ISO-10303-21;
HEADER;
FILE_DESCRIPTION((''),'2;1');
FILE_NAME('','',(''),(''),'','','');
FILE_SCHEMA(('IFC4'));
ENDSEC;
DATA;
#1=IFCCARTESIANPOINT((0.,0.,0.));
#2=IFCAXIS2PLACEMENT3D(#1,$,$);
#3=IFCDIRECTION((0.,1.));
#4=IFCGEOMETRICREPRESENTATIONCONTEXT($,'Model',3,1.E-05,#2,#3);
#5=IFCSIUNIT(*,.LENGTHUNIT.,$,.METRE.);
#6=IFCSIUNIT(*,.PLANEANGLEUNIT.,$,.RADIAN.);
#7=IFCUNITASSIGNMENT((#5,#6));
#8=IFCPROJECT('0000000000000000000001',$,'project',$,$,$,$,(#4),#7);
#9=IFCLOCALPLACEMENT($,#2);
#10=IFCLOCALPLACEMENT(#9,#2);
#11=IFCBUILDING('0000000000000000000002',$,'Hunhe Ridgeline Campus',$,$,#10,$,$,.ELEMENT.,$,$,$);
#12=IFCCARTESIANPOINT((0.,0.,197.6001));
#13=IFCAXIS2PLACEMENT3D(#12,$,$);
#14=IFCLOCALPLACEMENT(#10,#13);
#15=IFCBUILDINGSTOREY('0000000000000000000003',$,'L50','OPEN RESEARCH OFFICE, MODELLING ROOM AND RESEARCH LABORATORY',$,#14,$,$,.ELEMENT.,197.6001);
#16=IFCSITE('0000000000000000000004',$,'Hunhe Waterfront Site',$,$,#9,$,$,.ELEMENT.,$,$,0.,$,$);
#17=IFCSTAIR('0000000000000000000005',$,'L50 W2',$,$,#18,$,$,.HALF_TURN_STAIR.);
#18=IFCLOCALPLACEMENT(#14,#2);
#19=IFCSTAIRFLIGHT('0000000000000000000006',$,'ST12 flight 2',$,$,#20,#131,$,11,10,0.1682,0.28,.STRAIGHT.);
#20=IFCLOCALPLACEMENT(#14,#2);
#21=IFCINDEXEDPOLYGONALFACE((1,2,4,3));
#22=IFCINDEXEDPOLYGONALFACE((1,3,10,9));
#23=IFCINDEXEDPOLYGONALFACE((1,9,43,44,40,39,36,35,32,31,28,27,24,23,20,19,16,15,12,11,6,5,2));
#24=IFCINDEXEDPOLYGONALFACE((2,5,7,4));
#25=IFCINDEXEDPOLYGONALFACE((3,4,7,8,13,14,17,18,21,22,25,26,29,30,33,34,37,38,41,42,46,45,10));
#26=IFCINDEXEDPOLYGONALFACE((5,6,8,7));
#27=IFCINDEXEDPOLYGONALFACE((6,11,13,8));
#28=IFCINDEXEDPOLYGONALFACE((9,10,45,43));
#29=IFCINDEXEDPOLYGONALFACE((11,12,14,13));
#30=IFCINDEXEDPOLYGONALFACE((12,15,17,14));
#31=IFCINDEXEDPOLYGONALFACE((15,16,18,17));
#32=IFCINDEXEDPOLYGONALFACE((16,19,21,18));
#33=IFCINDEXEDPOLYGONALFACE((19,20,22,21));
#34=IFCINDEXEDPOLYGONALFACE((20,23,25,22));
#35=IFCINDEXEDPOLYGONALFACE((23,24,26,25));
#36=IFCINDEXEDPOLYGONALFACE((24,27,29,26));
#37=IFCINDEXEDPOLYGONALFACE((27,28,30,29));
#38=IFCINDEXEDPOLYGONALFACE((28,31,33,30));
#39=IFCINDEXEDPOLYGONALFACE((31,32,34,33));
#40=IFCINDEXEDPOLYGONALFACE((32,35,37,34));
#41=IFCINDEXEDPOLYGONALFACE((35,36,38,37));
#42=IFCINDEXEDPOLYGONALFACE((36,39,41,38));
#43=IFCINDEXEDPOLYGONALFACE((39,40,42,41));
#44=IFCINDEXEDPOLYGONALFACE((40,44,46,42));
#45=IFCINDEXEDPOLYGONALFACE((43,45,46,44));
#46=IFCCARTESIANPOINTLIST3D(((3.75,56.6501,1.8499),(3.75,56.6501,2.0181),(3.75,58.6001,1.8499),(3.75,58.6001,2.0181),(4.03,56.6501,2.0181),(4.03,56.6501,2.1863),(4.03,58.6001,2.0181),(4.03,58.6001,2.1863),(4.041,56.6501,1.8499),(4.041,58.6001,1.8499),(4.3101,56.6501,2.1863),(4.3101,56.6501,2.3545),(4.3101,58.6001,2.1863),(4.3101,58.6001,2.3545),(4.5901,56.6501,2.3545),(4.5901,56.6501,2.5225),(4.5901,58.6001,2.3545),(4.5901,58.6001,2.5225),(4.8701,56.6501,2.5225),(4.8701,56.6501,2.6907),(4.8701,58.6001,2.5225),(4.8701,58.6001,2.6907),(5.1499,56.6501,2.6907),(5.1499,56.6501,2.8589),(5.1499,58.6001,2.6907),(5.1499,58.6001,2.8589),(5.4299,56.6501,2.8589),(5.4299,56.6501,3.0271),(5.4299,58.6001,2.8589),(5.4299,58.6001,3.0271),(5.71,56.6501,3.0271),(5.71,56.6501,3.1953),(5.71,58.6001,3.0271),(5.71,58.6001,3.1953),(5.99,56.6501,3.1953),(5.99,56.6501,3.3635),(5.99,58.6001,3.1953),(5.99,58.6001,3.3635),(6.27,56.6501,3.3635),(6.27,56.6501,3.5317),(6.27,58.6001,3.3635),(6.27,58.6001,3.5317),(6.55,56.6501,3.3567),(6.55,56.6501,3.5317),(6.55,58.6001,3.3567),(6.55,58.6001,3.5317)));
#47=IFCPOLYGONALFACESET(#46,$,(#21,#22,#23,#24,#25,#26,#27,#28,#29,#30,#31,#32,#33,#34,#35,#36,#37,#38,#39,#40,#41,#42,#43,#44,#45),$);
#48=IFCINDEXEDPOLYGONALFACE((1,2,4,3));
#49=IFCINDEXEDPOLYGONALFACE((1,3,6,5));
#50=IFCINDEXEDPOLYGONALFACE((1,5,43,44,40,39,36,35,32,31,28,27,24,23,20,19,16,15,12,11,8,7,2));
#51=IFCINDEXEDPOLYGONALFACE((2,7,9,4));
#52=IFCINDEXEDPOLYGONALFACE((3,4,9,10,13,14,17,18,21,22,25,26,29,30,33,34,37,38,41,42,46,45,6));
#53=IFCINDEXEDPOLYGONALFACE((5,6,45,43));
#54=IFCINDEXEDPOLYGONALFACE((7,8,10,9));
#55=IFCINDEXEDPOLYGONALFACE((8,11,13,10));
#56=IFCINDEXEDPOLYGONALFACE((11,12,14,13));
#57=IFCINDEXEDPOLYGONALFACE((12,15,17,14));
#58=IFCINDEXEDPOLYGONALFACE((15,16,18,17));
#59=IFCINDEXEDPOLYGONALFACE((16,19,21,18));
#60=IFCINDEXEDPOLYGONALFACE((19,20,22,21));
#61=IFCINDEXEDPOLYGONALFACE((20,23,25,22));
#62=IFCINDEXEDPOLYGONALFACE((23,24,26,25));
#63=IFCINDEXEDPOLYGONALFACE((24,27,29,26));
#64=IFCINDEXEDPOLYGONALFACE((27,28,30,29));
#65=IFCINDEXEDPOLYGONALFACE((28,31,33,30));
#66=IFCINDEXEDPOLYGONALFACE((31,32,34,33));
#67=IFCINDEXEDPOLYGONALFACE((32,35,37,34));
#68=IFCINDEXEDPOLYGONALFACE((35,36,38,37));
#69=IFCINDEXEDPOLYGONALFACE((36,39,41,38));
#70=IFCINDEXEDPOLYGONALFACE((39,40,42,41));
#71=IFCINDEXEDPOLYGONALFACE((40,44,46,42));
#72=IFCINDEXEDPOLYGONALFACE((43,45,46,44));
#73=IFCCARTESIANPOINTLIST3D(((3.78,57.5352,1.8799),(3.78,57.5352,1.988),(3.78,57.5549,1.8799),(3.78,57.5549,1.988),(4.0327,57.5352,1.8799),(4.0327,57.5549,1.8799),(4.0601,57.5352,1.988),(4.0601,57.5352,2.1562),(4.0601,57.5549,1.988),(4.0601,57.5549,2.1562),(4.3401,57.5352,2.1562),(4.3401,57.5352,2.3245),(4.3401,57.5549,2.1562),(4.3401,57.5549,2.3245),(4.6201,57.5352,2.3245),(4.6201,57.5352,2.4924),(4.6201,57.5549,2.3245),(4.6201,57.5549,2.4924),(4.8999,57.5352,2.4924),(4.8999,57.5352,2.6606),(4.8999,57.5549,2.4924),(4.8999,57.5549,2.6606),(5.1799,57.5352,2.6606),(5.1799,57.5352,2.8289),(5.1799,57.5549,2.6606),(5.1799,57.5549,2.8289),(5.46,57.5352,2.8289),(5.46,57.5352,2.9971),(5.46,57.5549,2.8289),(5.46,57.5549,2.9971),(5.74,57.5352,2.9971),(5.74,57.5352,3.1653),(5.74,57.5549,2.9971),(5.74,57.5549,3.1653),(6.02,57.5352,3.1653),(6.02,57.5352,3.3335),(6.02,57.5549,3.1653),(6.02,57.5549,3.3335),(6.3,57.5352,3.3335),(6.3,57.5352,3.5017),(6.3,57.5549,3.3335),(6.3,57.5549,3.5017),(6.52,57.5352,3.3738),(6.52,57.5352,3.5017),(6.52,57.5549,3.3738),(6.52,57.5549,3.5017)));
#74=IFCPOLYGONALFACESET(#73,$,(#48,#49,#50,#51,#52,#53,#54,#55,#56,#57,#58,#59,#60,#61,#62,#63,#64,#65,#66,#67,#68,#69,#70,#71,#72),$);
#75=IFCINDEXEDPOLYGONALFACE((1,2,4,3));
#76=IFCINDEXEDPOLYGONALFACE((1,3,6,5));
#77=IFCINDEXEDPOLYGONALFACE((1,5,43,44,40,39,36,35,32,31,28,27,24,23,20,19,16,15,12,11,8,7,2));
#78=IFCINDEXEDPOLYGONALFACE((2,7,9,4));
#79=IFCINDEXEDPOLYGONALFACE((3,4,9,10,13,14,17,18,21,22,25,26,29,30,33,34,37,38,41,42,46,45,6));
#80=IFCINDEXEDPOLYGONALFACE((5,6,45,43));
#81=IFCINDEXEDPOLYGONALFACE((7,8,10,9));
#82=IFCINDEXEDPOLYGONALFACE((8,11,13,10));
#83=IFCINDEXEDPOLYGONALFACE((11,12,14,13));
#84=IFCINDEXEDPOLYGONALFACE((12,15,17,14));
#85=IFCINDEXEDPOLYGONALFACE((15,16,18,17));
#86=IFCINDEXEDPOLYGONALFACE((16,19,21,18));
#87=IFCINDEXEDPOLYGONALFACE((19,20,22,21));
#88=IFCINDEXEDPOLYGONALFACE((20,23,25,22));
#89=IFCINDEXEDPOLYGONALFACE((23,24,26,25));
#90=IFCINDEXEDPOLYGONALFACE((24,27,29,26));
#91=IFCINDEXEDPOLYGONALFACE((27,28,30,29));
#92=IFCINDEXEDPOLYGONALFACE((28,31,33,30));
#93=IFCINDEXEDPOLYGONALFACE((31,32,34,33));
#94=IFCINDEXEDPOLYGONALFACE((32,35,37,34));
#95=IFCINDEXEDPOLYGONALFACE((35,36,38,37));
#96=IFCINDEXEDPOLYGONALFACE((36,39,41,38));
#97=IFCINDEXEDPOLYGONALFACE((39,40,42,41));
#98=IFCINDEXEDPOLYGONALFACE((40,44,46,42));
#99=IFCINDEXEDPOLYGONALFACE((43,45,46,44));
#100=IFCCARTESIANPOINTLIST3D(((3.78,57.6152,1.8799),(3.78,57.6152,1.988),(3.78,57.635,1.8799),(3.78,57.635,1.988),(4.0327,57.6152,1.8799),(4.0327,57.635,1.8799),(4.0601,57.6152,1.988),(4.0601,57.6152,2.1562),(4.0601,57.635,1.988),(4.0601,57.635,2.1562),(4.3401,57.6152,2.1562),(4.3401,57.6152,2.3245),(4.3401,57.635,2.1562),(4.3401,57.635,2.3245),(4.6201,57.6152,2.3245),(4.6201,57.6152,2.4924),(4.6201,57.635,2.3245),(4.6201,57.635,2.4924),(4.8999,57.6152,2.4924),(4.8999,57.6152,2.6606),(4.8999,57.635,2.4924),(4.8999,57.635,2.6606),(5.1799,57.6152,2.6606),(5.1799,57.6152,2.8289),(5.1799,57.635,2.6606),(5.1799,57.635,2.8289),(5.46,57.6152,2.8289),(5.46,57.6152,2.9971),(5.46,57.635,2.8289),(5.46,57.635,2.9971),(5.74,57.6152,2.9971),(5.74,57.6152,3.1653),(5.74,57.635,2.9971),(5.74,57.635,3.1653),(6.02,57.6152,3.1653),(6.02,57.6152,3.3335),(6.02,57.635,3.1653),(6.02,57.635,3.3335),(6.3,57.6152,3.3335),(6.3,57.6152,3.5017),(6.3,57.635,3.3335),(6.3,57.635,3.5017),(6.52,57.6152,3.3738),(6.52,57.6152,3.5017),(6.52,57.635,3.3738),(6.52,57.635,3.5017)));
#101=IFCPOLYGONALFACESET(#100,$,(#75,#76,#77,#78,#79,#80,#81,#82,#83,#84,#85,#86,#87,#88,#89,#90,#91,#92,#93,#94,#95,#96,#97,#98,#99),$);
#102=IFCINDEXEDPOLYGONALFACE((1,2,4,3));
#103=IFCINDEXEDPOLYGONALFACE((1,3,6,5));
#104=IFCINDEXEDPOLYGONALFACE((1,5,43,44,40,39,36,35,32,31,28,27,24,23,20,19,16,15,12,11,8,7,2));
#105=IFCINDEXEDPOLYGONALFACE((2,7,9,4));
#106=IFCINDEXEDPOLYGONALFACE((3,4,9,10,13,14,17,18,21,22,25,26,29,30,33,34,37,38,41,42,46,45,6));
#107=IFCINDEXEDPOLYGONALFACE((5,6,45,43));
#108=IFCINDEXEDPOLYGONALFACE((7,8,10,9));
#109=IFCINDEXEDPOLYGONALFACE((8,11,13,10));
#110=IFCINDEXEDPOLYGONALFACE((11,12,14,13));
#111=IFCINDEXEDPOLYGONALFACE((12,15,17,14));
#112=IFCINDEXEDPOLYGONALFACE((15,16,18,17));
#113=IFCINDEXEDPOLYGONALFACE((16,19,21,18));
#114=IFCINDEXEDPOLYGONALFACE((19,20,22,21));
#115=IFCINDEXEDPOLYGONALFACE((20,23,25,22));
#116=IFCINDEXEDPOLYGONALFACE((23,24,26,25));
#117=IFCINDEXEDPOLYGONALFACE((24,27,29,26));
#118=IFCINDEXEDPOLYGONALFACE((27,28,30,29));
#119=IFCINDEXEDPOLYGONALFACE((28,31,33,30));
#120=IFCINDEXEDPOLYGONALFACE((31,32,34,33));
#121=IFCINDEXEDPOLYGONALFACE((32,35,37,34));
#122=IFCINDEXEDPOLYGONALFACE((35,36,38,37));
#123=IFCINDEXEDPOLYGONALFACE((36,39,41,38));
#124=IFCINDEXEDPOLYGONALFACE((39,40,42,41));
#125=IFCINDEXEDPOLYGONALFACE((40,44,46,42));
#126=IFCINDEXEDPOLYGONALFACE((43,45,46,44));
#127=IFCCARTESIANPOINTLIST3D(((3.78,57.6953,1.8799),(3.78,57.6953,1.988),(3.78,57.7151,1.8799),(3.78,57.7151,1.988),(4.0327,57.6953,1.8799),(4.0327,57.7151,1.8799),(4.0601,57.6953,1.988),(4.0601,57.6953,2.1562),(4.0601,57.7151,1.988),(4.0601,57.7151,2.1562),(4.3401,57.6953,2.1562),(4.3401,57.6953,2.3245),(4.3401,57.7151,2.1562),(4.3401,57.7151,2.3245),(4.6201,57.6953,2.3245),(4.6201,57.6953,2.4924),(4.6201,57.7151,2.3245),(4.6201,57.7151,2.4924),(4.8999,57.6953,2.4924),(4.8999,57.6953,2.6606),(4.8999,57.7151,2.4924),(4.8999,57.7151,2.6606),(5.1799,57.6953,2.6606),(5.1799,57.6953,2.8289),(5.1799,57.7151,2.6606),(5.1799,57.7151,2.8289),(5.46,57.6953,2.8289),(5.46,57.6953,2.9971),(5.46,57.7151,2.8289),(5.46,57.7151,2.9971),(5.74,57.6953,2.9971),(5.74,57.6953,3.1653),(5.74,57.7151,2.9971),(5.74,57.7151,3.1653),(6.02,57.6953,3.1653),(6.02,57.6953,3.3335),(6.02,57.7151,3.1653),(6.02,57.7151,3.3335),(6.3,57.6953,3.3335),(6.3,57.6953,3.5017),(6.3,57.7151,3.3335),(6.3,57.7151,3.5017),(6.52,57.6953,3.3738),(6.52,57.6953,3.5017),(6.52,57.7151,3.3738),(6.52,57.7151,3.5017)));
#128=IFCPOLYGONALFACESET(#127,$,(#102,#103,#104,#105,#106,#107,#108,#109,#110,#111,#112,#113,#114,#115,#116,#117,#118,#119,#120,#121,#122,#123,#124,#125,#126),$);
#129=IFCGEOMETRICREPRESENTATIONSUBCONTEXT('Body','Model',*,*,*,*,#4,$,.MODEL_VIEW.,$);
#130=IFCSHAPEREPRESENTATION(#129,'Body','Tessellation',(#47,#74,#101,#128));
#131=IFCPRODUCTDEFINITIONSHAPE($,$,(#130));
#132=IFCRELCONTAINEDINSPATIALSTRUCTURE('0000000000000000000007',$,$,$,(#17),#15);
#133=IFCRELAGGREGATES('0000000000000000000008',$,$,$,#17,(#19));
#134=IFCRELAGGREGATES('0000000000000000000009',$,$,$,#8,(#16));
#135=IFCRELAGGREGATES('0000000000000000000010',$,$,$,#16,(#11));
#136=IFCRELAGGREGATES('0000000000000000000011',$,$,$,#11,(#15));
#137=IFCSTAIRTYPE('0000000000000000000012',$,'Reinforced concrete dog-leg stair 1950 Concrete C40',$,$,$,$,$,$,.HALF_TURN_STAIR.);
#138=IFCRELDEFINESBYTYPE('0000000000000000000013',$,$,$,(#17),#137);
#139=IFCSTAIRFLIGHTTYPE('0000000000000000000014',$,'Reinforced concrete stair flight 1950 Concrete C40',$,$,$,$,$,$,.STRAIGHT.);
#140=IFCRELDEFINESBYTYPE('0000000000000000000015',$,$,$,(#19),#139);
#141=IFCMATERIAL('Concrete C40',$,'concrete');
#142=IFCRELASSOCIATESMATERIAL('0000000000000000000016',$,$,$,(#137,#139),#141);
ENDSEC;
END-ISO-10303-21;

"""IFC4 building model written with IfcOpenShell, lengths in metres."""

from ifc_helpers import new_model, si_unit, direction, frame, origin, place, context, subcontext, project, spatial, polyline, outline, extrude, material, type_object, element, aggregate, save


model = new_model("IFC4")

# Units and contexts
model_context = context("Model", 3, precision=1e-05, world=origin(), true_north=direction((0.0, 1.0)))
body_context = subcontext(model_context, "Body", "Model", "MODEL_VIEW")
ifc_project = project(units=[si_unit("LENGTHUNIT", "METRE"), si_unit("PLANEANGLEUNIT", "RADIAN")], contexts=[model_context])

# Site, building, storey
site_placement = place(None, origin())
site = spatial("IfcSite", under=ifc_project, at=site_placement, Name="Hunhe Waterfront Site", CompositionType="ELEMENT", RefElevation=0.0)
building_placement = place(site_placement, origin())
building = spatial("IfcBuilding", under=site, at=building_placement, Name="Hunhe Ridgeline Campus", CompositionType="ELEMENT")
storey_placement = place(building_placement, frame((0.0, 0.0, 197.6001)))
storey = spatial("IfcBuildingStorey", under=building, at=storey_placement, Name="L50", Description="OPEN RESEARCH OFFICE, MODELLING ROOM AND RESEARCH LABORATORY", CompositionType="ELEMENT", Elevation=197.6001)

# Shared definitions
ifc_material_1 = material(Name="Concrete C40", Category="concrete")
stair_type = type_object("IfcStairType", Name="Reinforced concrete dog-leg stair 1950 Concrete C40", PredefinedType="HALF_TURN_STAIR", material=ifc_material_1)
stair_flight_type = type_object("IfcStairFlightType", Name="Reinforced concrete stair flight 1950 Concrete C40", PredefinedType="STRAIGHT", material=ifc_material_1)

# Stair, stair flight
stair_1_placement = place(storey_placement, origin())
stair_1 = element("IfcStair", 1, at=stair_1_placement, inside=storey, type_object=stair_type, Name="L50 W2", PredefinedType="HALF_TURN_STAIR")
stair_flight_1_placement = place(storey_placement, frame((3.75, 57.625, 1.8499), z_axis=(0.0, 0.0, 1.0), x_axis=(1.0, 0.0, 0.0)))
stair_flight_1 = element("IfcStairFlight", 2, at=stair_flight_1_placement, type_object=stair_flight_type, Name="ST12 flight 2", NumberOfRisers=11, NumberOfTreads=10, PredefinedType="STRAIGHT", RiserHeight=0.1682, TreadLength=0.28, context=body_context, shape_type="SweptSolid", body=[
    extrude(outline(polyline([(0.0, 0.0), (0.0, 0.1682), (0.28, 0.1682), (0.28, 0.3364), (0.5601, 0.3364), (0.5601, 0.5046), (0.8401, 0.5046), (0.8401, 0.6726), (1.1201, 0.6726), (1.1201, 0.8408), (1.3999, 0.8408), (1.3999, 1.009), (1.6799, 1.009), (1.6799, 1.1772), (1.96, 1.1772), (1.96, 1.3455), (2.24, 1.3455), (2.24, 1.5137), (2.52, 1.5137), (2.52, 1.6819), (2.8, 1.6819), (2.8, 1.8501), (2.8, 1.5068), (0.291, 0.0), (0.0, 0.0)])), frame((0.0, 0.9751, 0.0), z_axis=(0.0, -1.0, 0.0), x_axis=(1.0, 0.0, 0.0)), (0.0, 0.0, 1.0), 1.95),
    extrude(outline(polyline([(0.03, 0.03), (0.03, 0.1382), (0.3101, 0.1382), (0.3101, 0.3064), (0.5901, 0.3064), (0.5901, 0.4746), (0.8701, 0.4746), (0.8701, 0.6426), (1.1499, 0.6426), (1.1499, 0.8108), (1.4299, 0.8108), (1.4299, 0.979), (1.71, 0.979), (1.71, 1.1472), (1.99, 1.1472), (1.99, 1.3154), (2.27, 1.3154), (2.27, 1.4836), (2.55, 1.4836), (2.55, 1.6519), (2.77, 1.6519), (2.77, 1.5239), (0.2827, 0.03), (0.03, 0.03)])), frame((0.0, -0.0701, 0.0), z_axis=(0.0, -1.0, 0.0), x_axis=(1.0, 0.0, 0.0)), (0.0, 0.0, 1.0), 0.0198),
    extrude(outline(polyline([(0.03, 0.03), (0.03, 0.1382), (0.3101, 0.1382), (0.3101, 0.3064), (0.5901, 0.3064), (0.5901, 0.4746), (0.8701, 0.4746), (0.8701, 0.6426), (1.1499, 0.6426), (1.1499, 0.8108), (1.4299, 0.8108), (1.4299, 0.979), (1.71, 0.979), (1.71, 1.1472), (1.99, 1.1472), (1.99, 1.3154), (2.27, 1.3154), (2.27, 1.4836), (2.55, 1.4836), (2.55, 1.6519), (2.77, 1.6519), (2.77, 1.5239), (0.2827, 0.03), (0.03, 0.03)])), frame((0.0, 0.01, 0.0), z_axis=(0.0, -1.0, 0.0), x_axis=(1.0, 0.0, 0.0)), (0.0, 0.0, 1.0), 0.0198),
    extrude(outline(polyline([(0.03, 0.03), (0.03, 0.1382), (0.3101, 0.1382), (0.3101, 0.3064), (0.5901, 0.3064), (0.5901, 0.4746), (0.8701, 0.4746), (0.8701, 0.6426), (1.1499, 0.6426), (1.1499, 0.8108), (1.4299, 0.8108), (1.4299, 0.979), (1.71, 0.979), (1.71, 1.1472), (1.99, 1.1472), (1.99, 1.3154), (2.27, 1.3154), (2.27, 1.4836), (2.55, 1.4836), (2.55, 1.6519), (2.77, 1.6519), (2.77, 1.5239), (0.2827, 0.03), (0.03, 0.03)])), frame((0.0, 0.0901, 0.0), z_axis=(0.0, -1.0, 0.0), x_axis=(1.0, 0.0, 0.0)), (0.0, 0.0, 1.0), 0.0198),
])
aggregate(stair_1, [stair_flight_1])

save(model, "model.ifc")
